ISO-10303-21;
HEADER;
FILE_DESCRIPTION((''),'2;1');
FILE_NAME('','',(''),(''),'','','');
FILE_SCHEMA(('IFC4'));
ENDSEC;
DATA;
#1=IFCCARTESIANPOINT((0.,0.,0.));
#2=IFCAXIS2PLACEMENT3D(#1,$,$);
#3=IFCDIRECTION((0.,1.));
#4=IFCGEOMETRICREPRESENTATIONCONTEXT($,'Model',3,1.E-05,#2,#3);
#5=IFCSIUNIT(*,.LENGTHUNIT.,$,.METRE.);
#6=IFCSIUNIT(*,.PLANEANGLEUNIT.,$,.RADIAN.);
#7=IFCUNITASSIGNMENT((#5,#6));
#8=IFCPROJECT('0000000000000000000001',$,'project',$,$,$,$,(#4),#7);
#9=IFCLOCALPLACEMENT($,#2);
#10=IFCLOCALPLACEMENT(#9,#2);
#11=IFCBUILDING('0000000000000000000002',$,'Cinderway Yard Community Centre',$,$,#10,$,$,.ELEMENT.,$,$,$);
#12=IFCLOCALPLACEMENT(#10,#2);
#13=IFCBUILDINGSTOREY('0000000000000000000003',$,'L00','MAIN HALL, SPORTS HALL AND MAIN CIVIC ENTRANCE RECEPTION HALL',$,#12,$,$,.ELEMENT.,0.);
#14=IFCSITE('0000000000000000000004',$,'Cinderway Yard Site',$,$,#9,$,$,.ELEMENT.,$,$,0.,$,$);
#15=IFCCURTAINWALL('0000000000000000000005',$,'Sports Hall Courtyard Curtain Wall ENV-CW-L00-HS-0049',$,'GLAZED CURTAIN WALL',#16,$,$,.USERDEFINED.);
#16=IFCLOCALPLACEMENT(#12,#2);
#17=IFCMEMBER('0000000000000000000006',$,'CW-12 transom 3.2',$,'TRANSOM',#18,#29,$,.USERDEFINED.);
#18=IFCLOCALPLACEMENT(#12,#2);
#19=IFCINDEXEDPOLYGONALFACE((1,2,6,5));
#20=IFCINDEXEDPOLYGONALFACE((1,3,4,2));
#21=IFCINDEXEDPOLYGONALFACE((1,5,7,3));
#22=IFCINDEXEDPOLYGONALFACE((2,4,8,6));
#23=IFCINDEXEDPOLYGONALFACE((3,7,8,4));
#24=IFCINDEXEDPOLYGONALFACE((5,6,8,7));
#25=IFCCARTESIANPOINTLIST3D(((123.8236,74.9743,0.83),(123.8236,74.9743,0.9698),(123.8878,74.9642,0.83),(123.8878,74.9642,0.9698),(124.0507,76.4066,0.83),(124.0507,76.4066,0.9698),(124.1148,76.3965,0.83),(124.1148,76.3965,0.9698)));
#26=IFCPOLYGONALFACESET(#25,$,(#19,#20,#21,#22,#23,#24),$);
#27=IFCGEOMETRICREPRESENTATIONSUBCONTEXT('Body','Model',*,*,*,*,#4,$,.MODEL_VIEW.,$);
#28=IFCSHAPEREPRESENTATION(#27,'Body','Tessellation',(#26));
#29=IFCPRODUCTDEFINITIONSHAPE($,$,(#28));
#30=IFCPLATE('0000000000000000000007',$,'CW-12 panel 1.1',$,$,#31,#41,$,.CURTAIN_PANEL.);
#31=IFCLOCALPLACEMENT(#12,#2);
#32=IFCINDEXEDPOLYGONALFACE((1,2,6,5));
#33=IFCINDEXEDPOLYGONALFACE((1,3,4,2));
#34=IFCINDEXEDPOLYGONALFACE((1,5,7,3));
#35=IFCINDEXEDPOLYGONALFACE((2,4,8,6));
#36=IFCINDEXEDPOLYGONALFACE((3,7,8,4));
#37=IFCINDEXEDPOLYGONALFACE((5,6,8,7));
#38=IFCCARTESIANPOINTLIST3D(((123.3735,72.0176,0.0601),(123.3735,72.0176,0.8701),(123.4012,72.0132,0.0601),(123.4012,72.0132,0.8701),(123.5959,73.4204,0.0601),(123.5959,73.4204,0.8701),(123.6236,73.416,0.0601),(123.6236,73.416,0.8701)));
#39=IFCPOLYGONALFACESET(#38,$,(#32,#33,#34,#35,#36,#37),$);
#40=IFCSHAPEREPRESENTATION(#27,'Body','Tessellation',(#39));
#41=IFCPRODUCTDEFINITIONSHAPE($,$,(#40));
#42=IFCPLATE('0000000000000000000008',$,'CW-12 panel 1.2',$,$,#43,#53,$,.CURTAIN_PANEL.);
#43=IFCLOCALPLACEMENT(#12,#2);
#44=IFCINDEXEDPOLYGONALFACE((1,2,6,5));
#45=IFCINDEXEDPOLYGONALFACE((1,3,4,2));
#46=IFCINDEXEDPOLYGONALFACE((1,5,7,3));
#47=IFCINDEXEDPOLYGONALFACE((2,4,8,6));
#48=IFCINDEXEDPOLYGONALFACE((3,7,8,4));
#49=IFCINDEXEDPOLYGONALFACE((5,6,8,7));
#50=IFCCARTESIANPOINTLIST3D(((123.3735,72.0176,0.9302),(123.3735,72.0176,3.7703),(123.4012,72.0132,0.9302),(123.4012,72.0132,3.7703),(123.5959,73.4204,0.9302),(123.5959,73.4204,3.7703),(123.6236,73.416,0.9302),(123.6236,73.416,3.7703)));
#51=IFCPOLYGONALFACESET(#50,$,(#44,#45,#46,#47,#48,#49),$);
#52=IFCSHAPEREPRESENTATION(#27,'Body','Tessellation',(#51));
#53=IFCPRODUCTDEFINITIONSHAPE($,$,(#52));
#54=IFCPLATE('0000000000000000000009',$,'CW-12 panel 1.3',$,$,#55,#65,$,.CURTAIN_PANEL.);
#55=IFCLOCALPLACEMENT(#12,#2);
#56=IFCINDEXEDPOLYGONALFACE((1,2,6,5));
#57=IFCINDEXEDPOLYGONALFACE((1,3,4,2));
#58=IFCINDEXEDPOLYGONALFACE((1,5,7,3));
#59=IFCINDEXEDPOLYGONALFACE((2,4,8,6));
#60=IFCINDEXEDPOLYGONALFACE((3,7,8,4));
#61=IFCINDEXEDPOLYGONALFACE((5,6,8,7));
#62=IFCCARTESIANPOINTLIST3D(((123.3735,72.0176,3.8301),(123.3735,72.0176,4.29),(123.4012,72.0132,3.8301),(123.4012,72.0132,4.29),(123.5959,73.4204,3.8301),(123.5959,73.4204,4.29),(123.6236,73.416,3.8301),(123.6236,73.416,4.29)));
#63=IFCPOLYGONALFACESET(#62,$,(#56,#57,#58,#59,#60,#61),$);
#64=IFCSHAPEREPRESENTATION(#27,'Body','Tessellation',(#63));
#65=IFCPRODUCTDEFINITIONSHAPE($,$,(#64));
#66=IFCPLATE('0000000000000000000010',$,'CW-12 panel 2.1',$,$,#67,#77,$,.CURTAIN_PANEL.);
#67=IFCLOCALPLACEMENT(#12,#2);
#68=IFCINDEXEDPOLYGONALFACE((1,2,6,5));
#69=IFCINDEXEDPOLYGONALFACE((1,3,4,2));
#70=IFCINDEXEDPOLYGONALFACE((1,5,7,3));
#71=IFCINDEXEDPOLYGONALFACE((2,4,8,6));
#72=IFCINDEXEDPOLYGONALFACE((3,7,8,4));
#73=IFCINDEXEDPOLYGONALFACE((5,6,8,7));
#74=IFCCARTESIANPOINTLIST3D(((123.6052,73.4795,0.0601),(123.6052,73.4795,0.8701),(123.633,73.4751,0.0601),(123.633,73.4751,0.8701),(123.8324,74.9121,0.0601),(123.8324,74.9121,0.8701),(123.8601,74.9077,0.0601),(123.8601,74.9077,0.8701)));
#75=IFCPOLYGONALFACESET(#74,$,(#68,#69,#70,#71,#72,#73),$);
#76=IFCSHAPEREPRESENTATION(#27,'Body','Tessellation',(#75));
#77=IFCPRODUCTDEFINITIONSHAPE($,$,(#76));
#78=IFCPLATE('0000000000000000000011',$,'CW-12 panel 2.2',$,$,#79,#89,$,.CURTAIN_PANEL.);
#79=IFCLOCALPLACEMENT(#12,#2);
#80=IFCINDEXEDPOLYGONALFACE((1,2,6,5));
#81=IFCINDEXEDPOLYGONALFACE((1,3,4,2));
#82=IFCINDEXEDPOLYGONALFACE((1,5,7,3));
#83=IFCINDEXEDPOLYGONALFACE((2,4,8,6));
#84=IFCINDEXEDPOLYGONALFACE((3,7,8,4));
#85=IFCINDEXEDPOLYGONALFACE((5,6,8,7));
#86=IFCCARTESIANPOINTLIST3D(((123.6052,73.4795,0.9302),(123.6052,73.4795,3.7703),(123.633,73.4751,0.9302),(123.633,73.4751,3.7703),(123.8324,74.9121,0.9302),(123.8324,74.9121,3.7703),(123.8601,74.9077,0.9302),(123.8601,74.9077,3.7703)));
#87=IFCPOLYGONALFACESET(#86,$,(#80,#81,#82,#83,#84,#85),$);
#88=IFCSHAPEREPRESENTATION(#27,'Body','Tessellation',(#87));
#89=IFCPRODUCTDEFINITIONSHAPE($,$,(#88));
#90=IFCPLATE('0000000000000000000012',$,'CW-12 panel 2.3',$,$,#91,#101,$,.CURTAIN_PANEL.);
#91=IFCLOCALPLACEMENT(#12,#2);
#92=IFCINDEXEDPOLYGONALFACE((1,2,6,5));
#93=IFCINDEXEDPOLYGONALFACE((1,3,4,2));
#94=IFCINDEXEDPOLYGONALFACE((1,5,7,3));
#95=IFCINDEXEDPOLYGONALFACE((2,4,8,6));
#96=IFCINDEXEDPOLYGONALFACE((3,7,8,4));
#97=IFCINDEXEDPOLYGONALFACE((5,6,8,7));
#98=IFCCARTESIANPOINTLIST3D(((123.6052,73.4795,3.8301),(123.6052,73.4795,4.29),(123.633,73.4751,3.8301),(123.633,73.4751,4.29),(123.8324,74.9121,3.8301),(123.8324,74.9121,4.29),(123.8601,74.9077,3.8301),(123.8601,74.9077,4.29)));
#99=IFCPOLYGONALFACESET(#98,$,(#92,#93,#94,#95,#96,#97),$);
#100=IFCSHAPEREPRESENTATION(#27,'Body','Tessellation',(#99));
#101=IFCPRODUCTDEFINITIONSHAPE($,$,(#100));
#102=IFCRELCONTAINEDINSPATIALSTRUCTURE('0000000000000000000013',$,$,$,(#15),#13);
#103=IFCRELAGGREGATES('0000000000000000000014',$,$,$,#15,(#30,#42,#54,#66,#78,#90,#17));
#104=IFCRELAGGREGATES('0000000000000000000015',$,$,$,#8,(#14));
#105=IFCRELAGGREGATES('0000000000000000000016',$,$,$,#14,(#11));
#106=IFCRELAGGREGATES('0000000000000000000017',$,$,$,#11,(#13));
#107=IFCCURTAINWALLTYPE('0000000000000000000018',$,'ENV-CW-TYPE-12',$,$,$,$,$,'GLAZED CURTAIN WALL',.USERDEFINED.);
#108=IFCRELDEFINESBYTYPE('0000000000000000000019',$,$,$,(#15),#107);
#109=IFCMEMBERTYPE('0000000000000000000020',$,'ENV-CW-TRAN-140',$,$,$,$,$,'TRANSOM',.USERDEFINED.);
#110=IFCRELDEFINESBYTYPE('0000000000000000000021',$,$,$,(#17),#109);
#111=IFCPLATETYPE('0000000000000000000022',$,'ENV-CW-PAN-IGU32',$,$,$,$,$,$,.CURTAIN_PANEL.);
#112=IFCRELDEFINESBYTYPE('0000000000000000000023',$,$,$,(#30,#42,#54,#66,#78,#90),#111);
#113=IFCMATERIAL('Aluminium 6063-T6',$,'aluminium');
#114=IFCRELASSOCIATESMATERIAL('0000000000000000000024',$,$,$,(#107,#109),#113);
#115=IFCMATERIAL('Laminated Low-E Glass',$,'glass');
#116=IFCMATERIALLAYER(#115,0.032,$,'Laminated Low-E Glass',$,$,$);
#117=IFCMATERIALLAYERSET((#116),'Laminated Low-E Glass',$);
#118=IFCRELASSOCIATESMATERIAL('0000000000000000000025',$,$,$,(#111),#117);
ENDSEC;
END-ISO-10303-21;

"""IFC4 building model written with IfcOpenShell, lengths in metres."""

from ifc_helpers import new_model, si_unit, direction, frame, origin, origin_2d, place, context, subcontext, project, spatial, rectangle, extrude, material, layer, layer_set, material_profile, profile_set, type_object, element, aggregate, save


model = new_model("IFC4")

# Units and contexts
model_context = context("Model", 3, precision=1e-05, world=origin(), true_north=direction((0.0, 1.0)))
body_context = subcontext(model_context, "Body", "Model", "MODEL_VIEW")
ifc_project = project(units=[si_unit("LENGTHUNIT", "METRE"), si_unit("PLANEANGLEUNIT", "RADIAN")], contexts=[model_context])

# Site, building, storey
site_placement = place(None, origin())
site = spatial("IfcSite", under=ifc_project, at=site_placement, Name="Cinderway Yard Site", CompositionType="ELEMENT", RefElevation=0.0)
building_placement = place(site_placement, origin())
building = spatial("IfcBuilding", under=site, at=building_placement, Name="Cinderway Yard Community Centre", CompositionType="ELEMENT")
storey_placement = place(building_placement, origin())
storey = spatial("IfcBuildingStorey", under=building, at=storey_placement, Name="L00", Description="MAIN HALL, SPORTS HALL AND MAIN CIVIC ENTRANCE RECEPTION HALL", CompositionType="ELEMENT", Elevation=0.0)

# Curtain wall, member, plates
ifc_material_1 = material(Name="Aluminium 6063-T6", Category="aluminium")
curtain_wall_type = type_object("IfcCurtainWallType", Name="ENV-CW-TYPE-12", ElementType="GLAZED CURTAIN WALL", PredefinedType="USERDEFINED", material=ifc_material_1)
curtain_wall_placement = place(storey_placement, origin())
curtain_wall = element("IfcCurtainWall", 1, at=curtain_wall_placement, inside=storey, type_object=curtain_wall_type, Name="Sports Hall Courtyard Curtain Wall ENV-CW-L00-HS-0049", ObjectType="GLAZED CURTAIN WALL", PredefinedType="USERDEFINED")
ifc_material_profile_1 = material_profile(ifc_material_1, rectangle(XDim=0.0649, YDim=0.1399, at=origin_2d()), Name="Aluminium 6063-T6")
ifc_profile_set_1 = profile_set([ifc_material_profile_1], Name="Aluminium 6063-T6")
member_type_1 = type_object("IfcMemberType", Name="ENV-CW-TRAN-140", ElementType="TRANSOM", PredefinedType="USERDEFINED", material=ifc_profile_set_1)
member_1_placement = place(storey_placement, frame((123.8557, 74.9692, 0.8999), z_axis=(0.156559, 0.987669, 0.0), x_axis=(-0.987669, 0.156559, 0.0)))
member_1 = element("IfcMember", 2, at=member_1_placement, type_object=member_type_1, Name="CW-12 transom 3.2", ObjectType="TRANSOM", PredefinedType="USERDEFINED", context=body_context, shape_type="SweptSolid", body=[
    extrude(rectangle(XDim=0.0649, YDim=0.1399, at=origin_2d()), origin(), (0.0, 0.0, 1.0), 1.4502),
])
ifc_material_2 = material(Name="Laminated Low-E Glass", Category="glass")
ifc_layer = layer(ifc_material_2, 0.032, Name="Laminated Low-E Glass")
ifc_layer_set = layer_set([ifc_layer], Name="Laminated Low-E Glass")
plate_type = type_object("IfcPlateType", Name="ENV-CW-PAN-IGU32", PredefinedType="CURTAIN_PANEL", material=ifc_layer_set)
plate_1_placement = place(storey_placement, frame((123.4985, 72.7168, 0.0601), z_axis=(0.0, 0.0, 1.0), x_axis=(0.156583, 0.987665, 0.0)))
plate_1 = element("IfcPlate", 3, at=plate_1_placement, type_object=plate_type, Name="CW-12 panel 1.1", PredefinedType="CURTAIN_PANEL", context=body_context, shape_type="SweptSolid", body=[
    extrude(rectangle(XDim=1.4204, YDim=0.0281, at=origin_2d()), origin(), (0.0, 0.0, 1.0), 0.8101),
])
plate_2_placement = place(storey_placement, frame((123.4985, 72.7168, 0.9302), z_axis=(0.0, 0.0, 1.0), x_axis=(0.156583, 0.987665, 0.0)))
plate_2 = element("IfcPlate", 4, at=plate_2_placement, type_object=plate_type, Name="CW-12 panel 1.2", PredefinedType="CURTAIN_PANEL", context=body_context, shape_type="SweptSolid", body=[
    extrude(rectangle(XDim=1.4204, YDim=0.0281, at=origin_2d()), origin(), (0.0, 0.0, 1.0), 2.8401),
])
plate_3_placement = place(storey_placement, frame((123.4985, 72.7168, 3.8301), z_axis=(0.0, 0.0, 1.0), x_axis=(0.156583, 0.987665, 0.0)))
plate_3 = element("IfcPlate", 5, at=plate_3_placement, type_object=plate_type, Name="CW-12 panel 1.3", PredefinedType="CURTAIN_PANEL", context=body_context, shape_type="SweptSolid", body=[
    extrude(rectangle(XDim=1.4204, YDim=0.0281, at=origin_2d()), origin(), (0.0, 0.0, 1.0), 0.46),
])
plate_4_placement = place(storey_placement, frame((123.7327, 74.1936, 0.0601), z_axis=(0.0, 0.0, 1.0), x_axis=(0.156583, 0.987665, 0.0)))
plate_4 = element("IfcPlate", 6, at=plate_4_placement, type_object=plate_type, Name="CW-12 panel 2.1", PredefinedType="CURTAIN_PANEL", context=body_context, shape_type="SweptSolid", body=[
    extrude(rectangle(XDim=1.4504, YDim=0.0281, at=origin_2d()), origin(), (0.0, 0.0, 1.0), 0.8101),
])
plate_5_placement = place(storey_placement, frame((123.7327, 74.1936, 0.9302), z_axis=(0.0, 0.0, 1.0), x_axis=(0.156583, 0.987665, 0.0)))
plate_5 = element("IfcPlate", 7, at=plate_5_placement, type_object=plate_type, Name="CW-12 panel 2.2", PredefinedType="CURTAIN_PANEL", context=body_context, shape_type="SweptSolid", body=[
    extrude(rectangle(XDim=1.4504, YDim=0.0281, at=origin_2d()), origin(), (0.0, 0.0, 1.0), 2.8401),
])
plate_6_placement = place(storey_placement, frame((123.7327, 74.1936, 3.8301), z_axis=(0.0, 0.0, 1.0), x_axis=(0.156583, 0.987665, 0.0)))
plate_6 = element("IfcPlate", 8, at=plate_6_placement, type_object=plate_type, Name="CW-12 panel 2.3", PredefinedType="CURTAIN_PANEL", context=body_context, shape_type="SweptSolid", body=[
    extrude(rectangle(XDim=1.4504, YDim=0.0281, at=origin_2d()), origin(), (0.0, 0.0, 1.0), 0.46),
])
aggregate(curtain_wall, [plate_1, plate_2, plate_3, plate_4, plate_5, plate_6, member_1])

save(model, "model.ifc")
